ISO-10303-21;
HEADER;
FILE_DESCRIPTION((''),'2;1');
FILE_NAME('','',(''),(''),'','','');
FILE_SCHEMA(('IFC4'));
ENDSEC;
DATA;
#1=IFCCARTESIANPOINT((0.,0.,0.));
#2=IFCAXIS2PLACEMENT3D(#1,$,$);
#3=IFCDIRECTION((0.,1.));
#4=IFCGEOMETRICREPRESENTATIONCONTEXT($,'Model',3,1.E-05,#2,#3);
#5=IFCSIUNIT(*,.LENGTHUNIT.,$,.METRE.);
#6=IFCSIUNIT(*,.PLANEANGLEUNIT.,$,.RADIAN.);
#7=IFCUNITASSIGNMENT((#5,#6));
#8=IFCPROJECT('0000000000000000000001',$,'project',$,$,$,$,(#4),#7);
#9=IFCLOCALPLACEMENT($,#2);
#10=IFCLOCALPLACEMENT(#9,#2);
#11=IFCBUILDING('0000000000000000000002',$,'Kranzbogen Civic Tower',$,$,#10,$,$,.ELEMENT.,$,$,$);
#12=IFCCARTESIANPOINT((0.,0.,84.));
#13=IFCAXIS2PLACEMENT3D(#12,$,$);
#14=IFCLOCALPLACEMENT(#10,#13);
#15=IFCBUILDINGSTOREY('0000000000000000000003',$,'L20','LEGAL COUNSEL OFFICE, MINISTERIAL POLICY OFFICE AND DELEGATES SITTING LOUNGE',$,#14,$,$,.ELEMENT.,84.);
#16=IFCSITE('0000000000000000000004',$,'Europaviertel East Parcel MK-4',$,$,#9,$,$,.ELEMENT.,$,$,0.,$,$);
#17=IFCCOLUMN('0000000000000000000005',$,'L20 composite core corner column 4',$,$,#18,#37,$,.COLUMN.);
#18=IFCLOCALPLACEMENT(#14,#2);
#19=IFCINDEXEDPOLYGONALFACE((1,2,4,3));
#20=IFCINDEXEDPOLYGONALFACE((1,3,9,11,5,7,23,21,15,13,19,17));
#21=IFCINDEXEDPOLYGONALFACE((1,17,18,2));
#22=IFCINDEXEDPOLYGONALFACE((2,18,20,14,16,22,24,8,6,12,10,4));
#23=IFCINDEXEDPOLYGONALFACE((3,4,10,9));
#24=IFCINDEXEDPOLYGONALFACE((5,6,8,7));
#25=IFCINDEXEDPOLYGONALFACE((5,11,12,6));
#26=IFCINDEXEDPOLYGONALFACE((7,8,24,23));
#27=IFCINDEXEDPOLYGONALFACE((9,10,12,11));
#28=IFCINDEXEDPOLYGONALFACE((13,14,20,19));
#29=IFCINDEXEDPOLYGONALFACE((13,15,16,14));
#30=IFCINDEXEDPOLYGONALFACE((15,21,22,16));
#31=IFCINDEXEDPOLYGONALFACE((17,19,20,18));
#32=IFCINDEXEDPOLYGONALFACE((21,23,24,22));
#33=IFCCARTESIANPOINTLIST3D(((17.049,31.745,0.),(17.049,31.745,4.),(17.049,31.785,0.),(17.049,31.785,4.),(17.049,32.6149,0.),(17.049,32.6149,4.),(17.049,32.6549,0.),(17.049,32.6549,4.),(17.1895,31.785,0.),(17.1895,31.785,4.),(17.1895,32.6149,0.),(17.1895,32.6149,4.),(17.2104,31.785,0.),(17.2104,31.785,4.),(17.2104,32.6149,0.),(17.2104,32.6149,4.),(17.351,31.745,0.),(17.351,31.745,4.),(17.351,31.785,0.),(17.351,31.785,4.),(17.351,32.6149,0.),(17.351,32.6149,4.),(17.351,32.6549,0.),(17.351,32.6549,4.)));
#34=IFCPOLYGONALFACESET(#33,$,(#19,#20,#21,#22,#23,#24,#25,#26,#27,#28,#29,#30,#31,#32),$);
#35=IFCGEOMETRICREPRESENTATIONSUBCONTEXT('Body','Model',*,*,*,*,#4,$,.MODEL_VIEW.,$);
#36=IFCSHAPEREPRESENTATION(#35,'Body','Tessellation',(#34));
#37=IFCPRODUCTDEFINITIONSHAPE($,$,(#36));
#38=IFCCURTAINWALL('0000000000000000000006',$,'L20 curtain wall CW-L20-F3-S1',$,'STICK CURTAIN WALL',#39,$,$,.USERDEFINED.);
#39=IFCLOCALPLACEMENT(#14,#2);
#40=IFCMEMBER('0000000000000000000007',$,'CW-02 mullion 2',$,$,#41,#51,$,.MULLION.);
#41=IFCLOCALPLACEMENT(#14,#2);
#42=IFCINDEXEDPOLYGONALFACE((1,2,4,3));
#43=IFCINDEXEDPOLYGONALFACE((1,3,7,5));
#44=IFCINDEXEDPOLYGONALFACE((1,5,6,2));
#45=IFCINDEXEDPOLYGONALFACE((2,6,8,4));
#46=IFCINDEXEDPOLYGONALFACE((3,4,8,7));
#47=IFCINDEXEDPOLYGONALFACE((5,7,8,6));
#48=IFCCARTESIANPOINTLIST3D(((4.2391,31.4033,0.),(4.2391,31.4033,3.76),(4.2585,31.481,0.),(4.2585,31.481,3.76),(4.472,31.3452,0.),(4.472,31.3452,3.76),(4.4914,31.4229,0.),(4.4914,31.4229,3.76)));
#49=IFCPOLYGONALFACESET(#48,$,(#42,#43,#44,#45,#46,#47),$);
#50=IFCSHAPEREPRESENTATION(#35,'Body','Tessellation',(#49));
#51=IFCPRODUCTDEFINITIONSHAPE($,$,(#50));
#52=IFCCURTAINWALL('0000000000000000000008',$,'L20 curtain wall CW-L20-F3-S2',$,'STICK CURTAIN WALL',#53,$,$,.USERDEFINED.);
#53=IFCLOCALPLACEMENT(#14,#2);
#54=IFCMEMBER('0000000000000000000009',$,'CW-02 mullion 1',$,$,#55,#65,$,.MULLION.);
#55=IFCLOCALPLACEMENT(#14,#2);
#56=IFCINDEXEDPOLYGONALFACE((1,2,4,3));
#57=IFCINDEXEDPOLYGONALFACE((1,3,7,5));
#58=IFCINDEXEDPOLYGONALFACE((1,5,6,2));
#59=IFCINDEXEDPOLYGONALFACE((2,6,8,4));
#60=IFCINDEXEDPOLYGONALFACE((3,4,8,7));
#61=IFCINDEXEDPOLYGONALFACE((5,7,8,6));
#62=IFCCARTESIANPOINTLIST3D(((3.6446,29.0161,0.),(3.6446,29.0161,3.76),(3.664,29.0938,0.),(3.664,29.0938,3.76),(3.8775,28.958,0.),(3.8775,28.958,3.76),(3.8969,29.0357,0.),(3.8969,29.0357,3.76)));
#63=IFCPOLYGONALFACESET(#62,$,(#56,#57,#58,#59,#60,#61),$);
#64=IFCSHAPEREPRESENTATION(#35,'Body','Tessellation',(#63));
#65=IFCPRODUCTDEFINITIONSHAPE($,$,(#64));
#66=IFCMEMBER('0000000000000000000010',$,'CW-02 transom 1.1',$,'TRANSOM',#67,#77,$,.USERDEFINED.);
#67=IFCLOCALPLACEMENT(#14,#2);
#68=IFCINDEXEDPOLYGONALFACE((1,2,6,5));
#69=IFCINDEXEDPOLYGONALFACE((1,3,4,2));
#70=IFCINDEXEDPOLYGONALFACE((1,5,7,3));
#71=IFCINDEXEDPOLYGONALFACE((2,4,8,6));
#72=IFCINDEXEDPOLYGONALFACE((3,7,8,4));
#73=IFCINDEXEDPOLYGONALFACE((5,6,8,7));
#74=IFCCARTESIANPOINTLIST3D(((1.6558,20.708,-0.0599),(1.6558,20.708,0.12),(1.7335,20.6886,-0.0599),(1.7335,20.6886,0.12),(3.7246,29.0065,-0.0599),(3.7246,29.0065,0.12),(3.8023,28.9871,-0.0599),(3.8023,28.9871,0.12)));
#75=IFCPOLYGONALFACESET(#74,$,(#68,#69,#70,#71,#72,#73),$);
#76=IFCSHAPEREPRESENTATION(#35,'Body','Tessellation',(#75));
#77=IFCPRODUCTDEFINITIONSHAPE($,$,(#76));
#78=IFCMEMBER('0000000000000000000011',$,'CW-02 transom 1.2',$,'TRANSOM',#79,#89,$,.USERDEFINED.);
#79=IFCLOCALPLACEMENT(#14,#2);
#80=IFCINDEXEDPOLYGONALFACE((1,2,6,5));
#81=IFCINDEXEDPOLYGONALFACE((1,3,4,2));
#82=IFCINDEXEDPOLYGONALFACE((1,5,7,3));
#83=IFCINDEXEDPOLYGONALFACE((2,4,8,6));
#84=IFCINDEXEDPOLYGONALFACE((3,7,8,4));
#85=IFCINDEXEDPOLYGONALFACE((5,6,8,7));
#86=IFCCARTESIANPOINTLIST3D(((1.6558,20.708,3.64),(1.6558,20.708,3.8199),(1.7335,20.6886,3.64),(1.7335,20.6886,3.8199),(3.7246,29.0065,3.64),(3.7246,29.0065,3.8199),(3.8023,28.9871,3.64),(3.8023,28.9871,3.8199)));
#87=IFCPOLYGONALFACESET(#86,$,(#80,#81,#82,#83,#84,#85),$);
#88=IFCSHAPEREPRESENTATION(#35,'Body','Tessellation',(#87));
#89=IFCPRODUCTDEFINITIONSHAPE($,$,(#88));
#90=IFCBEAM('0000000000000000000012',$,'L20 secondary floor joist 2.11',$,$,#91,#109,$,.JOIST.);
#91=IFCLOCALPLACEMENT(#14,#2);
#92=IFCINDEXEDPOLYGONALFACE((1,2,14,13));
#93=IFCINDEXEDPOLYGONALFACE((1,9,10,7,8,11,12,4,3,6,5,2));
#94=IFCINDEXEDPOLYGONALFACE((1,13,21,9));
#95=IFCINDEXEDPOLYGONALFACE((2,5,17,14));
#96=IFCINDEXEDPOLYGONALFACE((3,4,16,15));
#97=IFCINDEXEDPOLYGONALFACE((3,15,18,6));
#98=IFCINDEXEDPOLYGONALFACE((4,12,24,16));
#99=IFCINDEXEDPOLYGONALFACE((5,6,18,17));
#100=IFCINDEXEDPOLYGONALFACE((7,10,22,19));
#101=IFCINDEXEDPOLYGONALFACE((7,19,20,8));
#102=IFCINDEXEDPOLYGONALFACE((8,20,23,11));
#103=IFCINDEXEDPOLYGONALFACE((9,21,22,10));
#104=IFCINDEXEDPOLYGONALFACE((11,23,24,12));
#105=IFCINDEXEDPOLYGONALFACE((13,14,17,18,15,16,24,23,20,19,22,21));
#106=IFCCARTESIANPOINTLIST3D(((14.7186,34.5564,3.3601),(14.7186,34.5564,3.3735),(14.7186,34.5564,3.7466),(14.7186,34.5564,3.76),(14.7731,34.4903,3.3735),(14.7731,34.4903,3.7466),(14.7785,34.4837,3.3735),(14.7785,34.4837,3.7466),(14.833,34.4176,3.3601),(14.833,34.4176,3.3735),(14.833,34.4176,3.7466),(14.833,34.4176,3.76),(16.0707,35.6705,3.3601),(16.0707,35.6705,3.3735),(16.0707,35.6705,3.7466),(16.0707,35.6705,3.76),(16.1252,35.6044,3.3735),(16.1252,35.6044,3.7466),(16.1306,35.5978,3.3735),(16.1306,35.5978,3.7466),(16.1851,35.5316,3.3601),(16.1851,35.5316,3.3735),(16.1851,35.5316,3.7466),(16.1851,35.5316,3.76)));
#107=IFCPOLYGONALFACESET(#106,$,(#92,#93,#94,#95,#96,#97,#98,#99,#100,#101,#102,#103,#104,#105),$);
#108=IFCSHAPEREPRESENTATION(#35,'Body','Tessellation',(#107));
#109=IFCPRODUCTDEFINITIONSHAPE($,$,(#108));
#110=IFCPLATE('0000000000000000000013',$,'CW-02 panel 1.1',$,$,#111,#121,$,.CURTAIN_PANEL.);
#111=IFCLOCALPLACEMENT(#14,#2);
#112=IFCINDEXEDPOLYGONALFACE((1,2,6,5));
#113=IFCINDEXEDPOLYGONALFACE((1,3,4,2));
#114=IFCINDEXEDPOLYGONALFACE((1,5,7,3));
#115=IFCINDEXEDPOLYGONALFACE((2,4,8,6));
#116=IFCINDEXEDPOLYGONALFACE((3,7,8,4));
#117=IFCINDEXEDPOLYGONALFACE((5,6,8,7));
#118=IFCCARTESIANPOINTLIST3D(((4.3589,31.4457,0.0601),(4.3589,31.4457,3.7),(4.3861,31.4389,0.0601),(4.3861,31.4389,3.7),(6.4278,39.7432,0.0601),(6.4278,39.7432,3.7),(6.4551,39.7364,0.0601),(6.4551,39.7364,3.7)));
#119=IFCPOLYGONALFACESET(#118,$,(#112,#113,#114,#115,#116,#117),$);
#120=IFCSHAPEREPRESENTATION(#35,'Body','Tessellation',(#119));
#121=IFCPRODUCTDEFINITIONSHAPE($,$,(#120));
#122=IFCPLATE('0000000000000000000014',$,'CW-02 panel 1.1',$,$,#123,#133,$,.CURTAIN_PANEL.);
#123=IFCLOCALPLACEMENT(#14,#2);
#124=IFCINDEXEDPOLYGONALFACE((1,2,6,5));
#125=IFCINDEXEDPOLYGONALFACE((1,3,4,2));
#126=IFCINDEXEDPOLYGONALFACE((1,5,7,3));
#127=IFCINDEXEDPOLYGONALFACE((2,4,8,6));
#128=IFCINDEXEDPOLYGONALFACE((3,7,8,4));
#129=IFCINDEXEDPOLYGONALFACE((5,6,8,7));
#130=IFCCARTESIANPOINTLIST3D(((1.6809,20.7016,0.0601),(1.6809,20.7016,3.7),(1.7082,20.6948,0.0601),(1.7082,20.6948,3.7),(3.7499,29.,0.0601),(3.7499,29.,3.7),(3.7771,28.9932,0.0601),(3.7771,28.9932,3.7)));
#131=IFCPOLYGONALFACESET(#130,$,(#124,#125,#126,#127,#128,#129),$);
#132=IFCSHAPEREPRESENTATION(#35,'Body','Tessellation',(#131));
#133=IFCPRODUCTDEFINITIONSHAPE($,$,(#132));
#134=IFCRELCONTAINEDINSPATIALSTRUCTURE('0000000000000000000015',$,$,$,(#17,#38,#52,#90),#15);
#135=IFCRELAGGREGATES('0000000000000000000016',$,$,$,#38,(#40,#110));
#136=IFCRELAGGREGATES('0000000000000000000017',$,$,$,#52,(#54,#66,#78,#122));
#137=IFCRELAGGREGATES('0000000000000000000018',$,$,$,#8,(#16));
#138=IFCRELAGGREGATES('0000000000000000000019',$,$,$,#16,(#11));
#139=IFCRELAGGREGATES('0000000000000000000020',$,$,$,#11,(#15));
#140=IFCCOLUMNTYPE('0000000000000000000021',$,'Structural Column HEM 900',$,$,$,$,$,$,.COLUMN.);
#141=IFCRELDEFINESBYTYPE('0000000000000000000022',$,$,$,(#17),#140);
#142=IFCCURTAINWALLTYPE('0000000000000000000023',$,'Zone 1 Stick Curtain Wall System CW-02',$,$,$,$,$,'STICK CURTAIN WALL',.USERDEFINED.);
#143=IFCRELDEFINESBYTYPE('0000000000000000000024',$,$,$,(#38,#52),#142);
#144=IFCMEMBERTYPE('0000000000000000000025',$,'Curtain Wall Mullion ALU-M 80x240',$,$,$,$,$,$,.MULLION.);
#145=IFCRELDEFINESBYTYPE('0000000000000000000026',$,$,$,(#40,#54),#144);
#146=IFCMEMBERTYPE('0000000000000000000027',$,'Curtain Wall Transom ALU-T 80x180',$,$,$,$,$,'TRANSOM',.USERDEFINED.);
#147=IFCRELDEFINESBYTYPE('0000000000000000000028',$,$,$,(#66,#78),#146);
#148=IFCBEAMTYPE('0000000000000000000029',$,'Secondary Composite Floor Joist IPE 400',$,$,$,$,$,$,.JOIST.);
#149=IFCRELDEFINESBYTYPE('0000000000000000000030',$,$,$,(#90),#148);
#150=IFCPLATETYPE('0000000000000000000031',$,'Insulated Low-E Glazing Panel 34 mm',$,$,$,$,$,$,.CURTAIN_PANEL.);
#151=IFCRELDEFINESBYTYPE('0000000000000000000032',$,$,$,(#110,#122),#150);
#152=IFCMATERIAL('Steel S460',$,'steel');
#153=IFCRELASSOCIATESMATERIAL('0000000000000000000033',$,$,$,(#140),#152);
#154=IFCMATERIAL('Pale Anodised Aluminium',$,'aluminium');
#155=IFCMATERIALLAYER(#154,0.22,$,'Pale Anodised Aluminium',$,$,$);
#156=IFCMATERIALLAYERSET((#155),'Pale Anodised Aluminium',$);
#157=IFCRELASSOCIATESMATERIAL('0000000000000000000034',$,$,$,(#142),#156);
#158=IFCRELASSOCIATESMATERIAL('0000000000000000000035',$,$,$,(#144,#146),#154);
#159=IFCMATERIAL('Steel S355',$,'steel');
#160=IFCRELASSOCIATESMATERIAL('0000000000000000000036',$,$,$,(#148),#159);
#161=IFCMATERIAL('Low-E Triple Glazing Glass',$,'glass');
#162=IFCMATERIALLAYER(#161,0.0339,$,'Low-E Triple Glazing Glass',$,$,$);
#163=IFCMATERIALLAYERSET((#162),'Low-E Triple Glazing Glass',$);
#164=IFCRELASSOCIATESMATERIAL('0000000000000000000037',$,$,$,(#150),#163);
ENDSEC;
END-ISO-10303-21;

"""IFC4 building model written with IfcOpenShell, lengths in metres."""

from ifc_helpers import new_model, si_unit, direction, frame, origin, origin_2d, place, context, subcontext, project, spatial, rectangle, i_section, extrude, material, layer, layer_set, material_profile, profile_set, type_object, element, aggregate, save


model = new_model("IFC4")

# Units and contexts
model_context = context("Model", 3, precision=1e-05, world=origin(), true_north=direction((0.0, 1.0)))
body_context = subcontext(model_context, "Body", "Model", "MODEL_VIEW")
ifc_project = project(units=[si_unit("LENGTHUNIT", "METRE"), si_unit("PLANEANGLEUNIT", "RADIAN")], contexts=[model_context])

# Site, building, storey
site_placement = place(None, origin())
site = spatial("IfcSite", under=ifc_project, at=site_placement, Name="Europaviertel East Parcel MK-4", CompositionType="ELEMENT", RefElevation=0.0)
building_placement = place(site_placement, origin())
building = spatial("IfcBuilding", under=site, at=building_placement, Name="Kranzbogen Civic Tower", CompositionType="ELEMENT")
storey_placement = place(building_placement, frame((0.0, 0.0, 84.0)))
storey = spatial("IfcBuildingStorey", under=building, at=storey_placement, Name="L20", Description="LEGAL COUNSEL OFFICE, MINISTERIAL POLICY OFFICE AND DELEGATES SITTING LOUNGE", CompositionType="ELEMENT", Elevation=84.0)

# Column
ifc_material_1 = material(Name="Steel S460", Category="steel")
ifc_material_profile_1 = material_profile(ifc_material_1, i_section(OverallWidth=0.302, OverallDepth=0.9099, WebThickness=0.021, FlangeThickness=0.04, at=origin_2d()), Name="HEM 900")
ifc_profile_set_1 = profile_set([ifc_material_profile_1], Name="Steel S460")
column_type = type_object("IfcColumnType", Name="Structural Column HEM 900", PredefinedType="COLUMN", material=ifc_profile_set_1)
column_placement = place(storey_placement, frame((17.2, 32.2, 0.0), z_axis=(0.0, 0.0, 1.0), x_axis=(1.0, 0.0, 0.0)))
element("IfcColumn", 1, at=column_placement, inside=storey, type_object=column_type, Name="L20 composite core corner column 4", PredefinedType="COLUMN", context=body_context, shape_type="SweptSolid", body=[
    extrude(i_section(OverallWidth=0.302, OverallDepth=0.9099, WebThickness=0.021, FlangeThickness=0.04, at=origin_2d()), origin(), (0.0, 0.0, 1.0), 4.0),
])

# Curtain wall, member
ifc_material_2 = material(Name="Pale Anodised Aluminium", Category="aluminium")
ifc_layer_1 = layer(ifc_material_2, 0.22, Name="Pale Anodised Aluminium")
ifc_layer_set_1 = layer_set([ifc_layer_1], Name="Pale Anodised Aluminium")
curtain_wall_type = type_object("IfcCurtainWallType", Name="Zone 1 Stick Curtain Wall System CW-02", ElementType="STICK CURTAIN WALL", PredefinedType="USERDEFINED", material=ifc_layer_set_1)
curtain_wall_1_placement = place(storey_placement, origin())
curtain_wall_1 = element("IfcCurtainWall", 2, at=curtain_wall_1_placement, inside=storey, type_object=curtain_wall_type, Name="L20 curtain wall CW-L20-F3-S1", ObjectType="STICK CURTAIN WALL", PredefinedType="USERDEFINED")
ifc_material_profile_2 = material_profile(ifc_material_2, rectangle(XDim=0.0801, YDim=0.24, at=origin_2d()), Name="ALU-M 80x240")
ifc_profile_set_2 = profile_set([ifc_material_profile_2], Name="Pale Anodised Aluminium")
member_type_1 = type_object("IfcMemberType", Name="Curtain Wall Mullion ALU-M 80x240", PredefinedType="MULLION", material=ifc_profile_set_2)
member_1_placement = place(storey_placement, frame((4.3652, 31.4131, 0.0), z_axis=(0.0, 0.0, 1.0), x_axis=(-0.241939, -0.970292, 0.0)))
member_1 = element("IfcMember", 3, at=member_1_placement, type_object=member_type_1, Name="CW-02 mullion 2", PredefinedType="MULLION", context=body_context, shape_type="SweptSolid", body=[
    extrude(rectangle(XDim=0.0801, YDim=0.24, at=origin_2d()), origin(), (0.0, 0.0, 1.0), 3.76),
])

# Curtain wall, members
curtain_wall_2_placement = place(storey_placement, origin())
curtain_wall_2 = element("IfcCurtainWall", 4, at=curtain_wall_2_placement, inside=storey, type_object=curtain_wall_type, Name="L20 curtain wall CW-L20-F3-S2", ObjectType="STICK CURTAIN WALL", PredefinedType="USERDEFINED")
member_2_placement = place(storey_placement, frame((3.7708, 29.0259, 0.0), z_axis=(0.0, 0.0, 1.0), x_axis=(-0.241912, -0.970298, 0.0)))
member_2 = element("IfcMember", 5, at=member_2_placement, type_object=member_type_1, Name="CW-02 mullion 1", PredefinedType="MULLION", context=body_context, shape_type="SweptSolid", body=[
    extrude(rectangle(XDim=0.0801, YDim=0.24, at=origin_2d()), origin(), (0.0, 0.0, 1.0), 3.76),
])
ifc_material_profile_3 = material_profile(ifc_material_2, rectangle(XDim=0.0801, YDim=0.1799, at=origin_2d()), Name="ALU-T 80x180")
ifc_profile_set_3 = profile_set([ifc_material_profile_3], Name="Pale Anodised Aluminium")
member_type_2 = type_object("IfcMemberType", Name="Curtain Wall Transom ALU-T 80x180", ElementType="TRANSOM", PredefinedType="USERDEFINED", material=ifc_profile_set_3)
member_3_placement = place(storey_placement, frame((3.7634, 28.9968, 0.03), z_axis=(-0.241897, -0.970302, 0.0), x_axis=(0.970302, -0.241897, 0.0)))
member_3 = element("IfcMember", 6, at=member_3_placement, type_object=member_type_2, Name="CW-02 transom 1.1", ObjectType="TRANSOM", PredefinedType="USERDEFINED", context=body_context, shape_type="SweptSolid", body=[
    extrude(rectangle(XDim=0.0801, YDim=0.1799, at=origin_2d()), origin(), (0.0, 0.0, 1.0), 8.5525),
])
member_4_placement = place(storey_placement, frame((3.7634, 28.9968, 3.73), z_axis=(-0.241897, -0.970302, 0.0), x_axis=(0.970302, -0.241897, 0.0)))
member_4 = element("IfcMember", 7, at=member_4_placement, type_object=member_type_2, Name="CW-02 transom 1.2", ObjectType="TRANSOM", PredefinedType="USERDEFINED", context=body_context, shape_type="SweptSolid", body=[
    extrude(rectangle(XDim=0.0801, YDim=0.1799, at=origin_2d()), origin(), (0.0, 0.0, 1.0), 8.5525),
])

# Beam
ifc_material_3 = material(Name="Steel S355", Category="steel")
ifc_material_profile_4 = material_profile(ifc_material_3, i_section(OverallWidth=0.1799, OverallDepth=0.3999, WebThickness=0.0085, FlangeThickness=0.0134, at=origin_2d()), Name="IPE 400")
ifc_profile_set_4 = profile_set([ifc_material_profile_4], Name="Steel S355")
beam_type = type_object("IfcBeamType", Name="Secondary Composite Floor Joist IPE 400", PredefinedType="JOIST", material=ifc_profile_set_4)
beam_placement = place(storey_placement, frame((16.1279, 35.6011, 3.5601), z_axis=(-0.771773, -0.635898, 0.0), x_axis=(0.635898, -0.771773, 0.0)))
element("IfcBeam", 8, at=beam_placement, inside=storey, type_object=beam_type, Name="L20 secondary floor joist 2.11", PredefinedType="JOIST", context=body_context, shape_type="SweptSolid", body=[
    extrude(i_section(OverallWidth=0.1799, OverallDepth=0.3999, WebThickness=0.0085, FlangeThickness=0.0134, at=origin_2d()), origin(), (0.0, 0.0, 1.0), 1.752),
])

# Plates
ifc_material_4 = material(Name="Low-E Triple Glazing Glass", Category="glass")
ifc_layer_2 = layer(ifc_material_4, 0.0339, Name="Low-E Triple Glazing Glass")
ifc_layer_set_2 = layer_set([ifc_layer_2], Name="Low-E Triple Glazing Glass")
plate_type = type_object("IfcPlateType", Name="Insulated Low-E Glazing Panel 34 mm", PredefinedType="CURTAIN_PANEL", material=ifc_layer_set_2)
plate_1_placement = place(storey_placement, frame((5.407, 35.5911, 0.0601), z_axis=(0.0, 0.0, 1.0), x_axis=(-0.241939, -0.970292, 0.0)))
plate_1 = element("IfcPlate", 9, at=plate_1_placement, type_object=plate_type, Name="CW-02 panel 1.1", PredefinedType="CURTAIN_PANEL", context=body_context, shape_type="SweptSolid", body=[
    extrude(rectangle(XDim=8.5515, YDim=0.0281, at=origin_2d()), origin(), (0.0, 0.0, 1.0), 3.6399),
])
aggregate(curtain_wall_1, [member_1, plate_1])
plate_2_placement = place(storey_placement, frame((2.729, 24.8474, 0.0601), z_axis=(0.0, 0.0, 1.0), x_axis=(-0.241912, -0.970298, 0.0)))
plate_2 = element("IfcPlate", 10, at=plate_2_placement, type_object=plate_type, Name="CW-02 panel 1.1", PredefinedType="CURTAIN_PANEL", context=body_context, shape_type="SweptSolid", body=[
    extrude(rectangle(XDim=8.5525, YDim=0.0281, at=origin_2d()), origin(), (0.0, 0.0, 1.0), 3.6399),
])
aggregate(curtain_wall_2, [member_2, member_3, member_4, plate_2])

save(model, "model.ifc")
